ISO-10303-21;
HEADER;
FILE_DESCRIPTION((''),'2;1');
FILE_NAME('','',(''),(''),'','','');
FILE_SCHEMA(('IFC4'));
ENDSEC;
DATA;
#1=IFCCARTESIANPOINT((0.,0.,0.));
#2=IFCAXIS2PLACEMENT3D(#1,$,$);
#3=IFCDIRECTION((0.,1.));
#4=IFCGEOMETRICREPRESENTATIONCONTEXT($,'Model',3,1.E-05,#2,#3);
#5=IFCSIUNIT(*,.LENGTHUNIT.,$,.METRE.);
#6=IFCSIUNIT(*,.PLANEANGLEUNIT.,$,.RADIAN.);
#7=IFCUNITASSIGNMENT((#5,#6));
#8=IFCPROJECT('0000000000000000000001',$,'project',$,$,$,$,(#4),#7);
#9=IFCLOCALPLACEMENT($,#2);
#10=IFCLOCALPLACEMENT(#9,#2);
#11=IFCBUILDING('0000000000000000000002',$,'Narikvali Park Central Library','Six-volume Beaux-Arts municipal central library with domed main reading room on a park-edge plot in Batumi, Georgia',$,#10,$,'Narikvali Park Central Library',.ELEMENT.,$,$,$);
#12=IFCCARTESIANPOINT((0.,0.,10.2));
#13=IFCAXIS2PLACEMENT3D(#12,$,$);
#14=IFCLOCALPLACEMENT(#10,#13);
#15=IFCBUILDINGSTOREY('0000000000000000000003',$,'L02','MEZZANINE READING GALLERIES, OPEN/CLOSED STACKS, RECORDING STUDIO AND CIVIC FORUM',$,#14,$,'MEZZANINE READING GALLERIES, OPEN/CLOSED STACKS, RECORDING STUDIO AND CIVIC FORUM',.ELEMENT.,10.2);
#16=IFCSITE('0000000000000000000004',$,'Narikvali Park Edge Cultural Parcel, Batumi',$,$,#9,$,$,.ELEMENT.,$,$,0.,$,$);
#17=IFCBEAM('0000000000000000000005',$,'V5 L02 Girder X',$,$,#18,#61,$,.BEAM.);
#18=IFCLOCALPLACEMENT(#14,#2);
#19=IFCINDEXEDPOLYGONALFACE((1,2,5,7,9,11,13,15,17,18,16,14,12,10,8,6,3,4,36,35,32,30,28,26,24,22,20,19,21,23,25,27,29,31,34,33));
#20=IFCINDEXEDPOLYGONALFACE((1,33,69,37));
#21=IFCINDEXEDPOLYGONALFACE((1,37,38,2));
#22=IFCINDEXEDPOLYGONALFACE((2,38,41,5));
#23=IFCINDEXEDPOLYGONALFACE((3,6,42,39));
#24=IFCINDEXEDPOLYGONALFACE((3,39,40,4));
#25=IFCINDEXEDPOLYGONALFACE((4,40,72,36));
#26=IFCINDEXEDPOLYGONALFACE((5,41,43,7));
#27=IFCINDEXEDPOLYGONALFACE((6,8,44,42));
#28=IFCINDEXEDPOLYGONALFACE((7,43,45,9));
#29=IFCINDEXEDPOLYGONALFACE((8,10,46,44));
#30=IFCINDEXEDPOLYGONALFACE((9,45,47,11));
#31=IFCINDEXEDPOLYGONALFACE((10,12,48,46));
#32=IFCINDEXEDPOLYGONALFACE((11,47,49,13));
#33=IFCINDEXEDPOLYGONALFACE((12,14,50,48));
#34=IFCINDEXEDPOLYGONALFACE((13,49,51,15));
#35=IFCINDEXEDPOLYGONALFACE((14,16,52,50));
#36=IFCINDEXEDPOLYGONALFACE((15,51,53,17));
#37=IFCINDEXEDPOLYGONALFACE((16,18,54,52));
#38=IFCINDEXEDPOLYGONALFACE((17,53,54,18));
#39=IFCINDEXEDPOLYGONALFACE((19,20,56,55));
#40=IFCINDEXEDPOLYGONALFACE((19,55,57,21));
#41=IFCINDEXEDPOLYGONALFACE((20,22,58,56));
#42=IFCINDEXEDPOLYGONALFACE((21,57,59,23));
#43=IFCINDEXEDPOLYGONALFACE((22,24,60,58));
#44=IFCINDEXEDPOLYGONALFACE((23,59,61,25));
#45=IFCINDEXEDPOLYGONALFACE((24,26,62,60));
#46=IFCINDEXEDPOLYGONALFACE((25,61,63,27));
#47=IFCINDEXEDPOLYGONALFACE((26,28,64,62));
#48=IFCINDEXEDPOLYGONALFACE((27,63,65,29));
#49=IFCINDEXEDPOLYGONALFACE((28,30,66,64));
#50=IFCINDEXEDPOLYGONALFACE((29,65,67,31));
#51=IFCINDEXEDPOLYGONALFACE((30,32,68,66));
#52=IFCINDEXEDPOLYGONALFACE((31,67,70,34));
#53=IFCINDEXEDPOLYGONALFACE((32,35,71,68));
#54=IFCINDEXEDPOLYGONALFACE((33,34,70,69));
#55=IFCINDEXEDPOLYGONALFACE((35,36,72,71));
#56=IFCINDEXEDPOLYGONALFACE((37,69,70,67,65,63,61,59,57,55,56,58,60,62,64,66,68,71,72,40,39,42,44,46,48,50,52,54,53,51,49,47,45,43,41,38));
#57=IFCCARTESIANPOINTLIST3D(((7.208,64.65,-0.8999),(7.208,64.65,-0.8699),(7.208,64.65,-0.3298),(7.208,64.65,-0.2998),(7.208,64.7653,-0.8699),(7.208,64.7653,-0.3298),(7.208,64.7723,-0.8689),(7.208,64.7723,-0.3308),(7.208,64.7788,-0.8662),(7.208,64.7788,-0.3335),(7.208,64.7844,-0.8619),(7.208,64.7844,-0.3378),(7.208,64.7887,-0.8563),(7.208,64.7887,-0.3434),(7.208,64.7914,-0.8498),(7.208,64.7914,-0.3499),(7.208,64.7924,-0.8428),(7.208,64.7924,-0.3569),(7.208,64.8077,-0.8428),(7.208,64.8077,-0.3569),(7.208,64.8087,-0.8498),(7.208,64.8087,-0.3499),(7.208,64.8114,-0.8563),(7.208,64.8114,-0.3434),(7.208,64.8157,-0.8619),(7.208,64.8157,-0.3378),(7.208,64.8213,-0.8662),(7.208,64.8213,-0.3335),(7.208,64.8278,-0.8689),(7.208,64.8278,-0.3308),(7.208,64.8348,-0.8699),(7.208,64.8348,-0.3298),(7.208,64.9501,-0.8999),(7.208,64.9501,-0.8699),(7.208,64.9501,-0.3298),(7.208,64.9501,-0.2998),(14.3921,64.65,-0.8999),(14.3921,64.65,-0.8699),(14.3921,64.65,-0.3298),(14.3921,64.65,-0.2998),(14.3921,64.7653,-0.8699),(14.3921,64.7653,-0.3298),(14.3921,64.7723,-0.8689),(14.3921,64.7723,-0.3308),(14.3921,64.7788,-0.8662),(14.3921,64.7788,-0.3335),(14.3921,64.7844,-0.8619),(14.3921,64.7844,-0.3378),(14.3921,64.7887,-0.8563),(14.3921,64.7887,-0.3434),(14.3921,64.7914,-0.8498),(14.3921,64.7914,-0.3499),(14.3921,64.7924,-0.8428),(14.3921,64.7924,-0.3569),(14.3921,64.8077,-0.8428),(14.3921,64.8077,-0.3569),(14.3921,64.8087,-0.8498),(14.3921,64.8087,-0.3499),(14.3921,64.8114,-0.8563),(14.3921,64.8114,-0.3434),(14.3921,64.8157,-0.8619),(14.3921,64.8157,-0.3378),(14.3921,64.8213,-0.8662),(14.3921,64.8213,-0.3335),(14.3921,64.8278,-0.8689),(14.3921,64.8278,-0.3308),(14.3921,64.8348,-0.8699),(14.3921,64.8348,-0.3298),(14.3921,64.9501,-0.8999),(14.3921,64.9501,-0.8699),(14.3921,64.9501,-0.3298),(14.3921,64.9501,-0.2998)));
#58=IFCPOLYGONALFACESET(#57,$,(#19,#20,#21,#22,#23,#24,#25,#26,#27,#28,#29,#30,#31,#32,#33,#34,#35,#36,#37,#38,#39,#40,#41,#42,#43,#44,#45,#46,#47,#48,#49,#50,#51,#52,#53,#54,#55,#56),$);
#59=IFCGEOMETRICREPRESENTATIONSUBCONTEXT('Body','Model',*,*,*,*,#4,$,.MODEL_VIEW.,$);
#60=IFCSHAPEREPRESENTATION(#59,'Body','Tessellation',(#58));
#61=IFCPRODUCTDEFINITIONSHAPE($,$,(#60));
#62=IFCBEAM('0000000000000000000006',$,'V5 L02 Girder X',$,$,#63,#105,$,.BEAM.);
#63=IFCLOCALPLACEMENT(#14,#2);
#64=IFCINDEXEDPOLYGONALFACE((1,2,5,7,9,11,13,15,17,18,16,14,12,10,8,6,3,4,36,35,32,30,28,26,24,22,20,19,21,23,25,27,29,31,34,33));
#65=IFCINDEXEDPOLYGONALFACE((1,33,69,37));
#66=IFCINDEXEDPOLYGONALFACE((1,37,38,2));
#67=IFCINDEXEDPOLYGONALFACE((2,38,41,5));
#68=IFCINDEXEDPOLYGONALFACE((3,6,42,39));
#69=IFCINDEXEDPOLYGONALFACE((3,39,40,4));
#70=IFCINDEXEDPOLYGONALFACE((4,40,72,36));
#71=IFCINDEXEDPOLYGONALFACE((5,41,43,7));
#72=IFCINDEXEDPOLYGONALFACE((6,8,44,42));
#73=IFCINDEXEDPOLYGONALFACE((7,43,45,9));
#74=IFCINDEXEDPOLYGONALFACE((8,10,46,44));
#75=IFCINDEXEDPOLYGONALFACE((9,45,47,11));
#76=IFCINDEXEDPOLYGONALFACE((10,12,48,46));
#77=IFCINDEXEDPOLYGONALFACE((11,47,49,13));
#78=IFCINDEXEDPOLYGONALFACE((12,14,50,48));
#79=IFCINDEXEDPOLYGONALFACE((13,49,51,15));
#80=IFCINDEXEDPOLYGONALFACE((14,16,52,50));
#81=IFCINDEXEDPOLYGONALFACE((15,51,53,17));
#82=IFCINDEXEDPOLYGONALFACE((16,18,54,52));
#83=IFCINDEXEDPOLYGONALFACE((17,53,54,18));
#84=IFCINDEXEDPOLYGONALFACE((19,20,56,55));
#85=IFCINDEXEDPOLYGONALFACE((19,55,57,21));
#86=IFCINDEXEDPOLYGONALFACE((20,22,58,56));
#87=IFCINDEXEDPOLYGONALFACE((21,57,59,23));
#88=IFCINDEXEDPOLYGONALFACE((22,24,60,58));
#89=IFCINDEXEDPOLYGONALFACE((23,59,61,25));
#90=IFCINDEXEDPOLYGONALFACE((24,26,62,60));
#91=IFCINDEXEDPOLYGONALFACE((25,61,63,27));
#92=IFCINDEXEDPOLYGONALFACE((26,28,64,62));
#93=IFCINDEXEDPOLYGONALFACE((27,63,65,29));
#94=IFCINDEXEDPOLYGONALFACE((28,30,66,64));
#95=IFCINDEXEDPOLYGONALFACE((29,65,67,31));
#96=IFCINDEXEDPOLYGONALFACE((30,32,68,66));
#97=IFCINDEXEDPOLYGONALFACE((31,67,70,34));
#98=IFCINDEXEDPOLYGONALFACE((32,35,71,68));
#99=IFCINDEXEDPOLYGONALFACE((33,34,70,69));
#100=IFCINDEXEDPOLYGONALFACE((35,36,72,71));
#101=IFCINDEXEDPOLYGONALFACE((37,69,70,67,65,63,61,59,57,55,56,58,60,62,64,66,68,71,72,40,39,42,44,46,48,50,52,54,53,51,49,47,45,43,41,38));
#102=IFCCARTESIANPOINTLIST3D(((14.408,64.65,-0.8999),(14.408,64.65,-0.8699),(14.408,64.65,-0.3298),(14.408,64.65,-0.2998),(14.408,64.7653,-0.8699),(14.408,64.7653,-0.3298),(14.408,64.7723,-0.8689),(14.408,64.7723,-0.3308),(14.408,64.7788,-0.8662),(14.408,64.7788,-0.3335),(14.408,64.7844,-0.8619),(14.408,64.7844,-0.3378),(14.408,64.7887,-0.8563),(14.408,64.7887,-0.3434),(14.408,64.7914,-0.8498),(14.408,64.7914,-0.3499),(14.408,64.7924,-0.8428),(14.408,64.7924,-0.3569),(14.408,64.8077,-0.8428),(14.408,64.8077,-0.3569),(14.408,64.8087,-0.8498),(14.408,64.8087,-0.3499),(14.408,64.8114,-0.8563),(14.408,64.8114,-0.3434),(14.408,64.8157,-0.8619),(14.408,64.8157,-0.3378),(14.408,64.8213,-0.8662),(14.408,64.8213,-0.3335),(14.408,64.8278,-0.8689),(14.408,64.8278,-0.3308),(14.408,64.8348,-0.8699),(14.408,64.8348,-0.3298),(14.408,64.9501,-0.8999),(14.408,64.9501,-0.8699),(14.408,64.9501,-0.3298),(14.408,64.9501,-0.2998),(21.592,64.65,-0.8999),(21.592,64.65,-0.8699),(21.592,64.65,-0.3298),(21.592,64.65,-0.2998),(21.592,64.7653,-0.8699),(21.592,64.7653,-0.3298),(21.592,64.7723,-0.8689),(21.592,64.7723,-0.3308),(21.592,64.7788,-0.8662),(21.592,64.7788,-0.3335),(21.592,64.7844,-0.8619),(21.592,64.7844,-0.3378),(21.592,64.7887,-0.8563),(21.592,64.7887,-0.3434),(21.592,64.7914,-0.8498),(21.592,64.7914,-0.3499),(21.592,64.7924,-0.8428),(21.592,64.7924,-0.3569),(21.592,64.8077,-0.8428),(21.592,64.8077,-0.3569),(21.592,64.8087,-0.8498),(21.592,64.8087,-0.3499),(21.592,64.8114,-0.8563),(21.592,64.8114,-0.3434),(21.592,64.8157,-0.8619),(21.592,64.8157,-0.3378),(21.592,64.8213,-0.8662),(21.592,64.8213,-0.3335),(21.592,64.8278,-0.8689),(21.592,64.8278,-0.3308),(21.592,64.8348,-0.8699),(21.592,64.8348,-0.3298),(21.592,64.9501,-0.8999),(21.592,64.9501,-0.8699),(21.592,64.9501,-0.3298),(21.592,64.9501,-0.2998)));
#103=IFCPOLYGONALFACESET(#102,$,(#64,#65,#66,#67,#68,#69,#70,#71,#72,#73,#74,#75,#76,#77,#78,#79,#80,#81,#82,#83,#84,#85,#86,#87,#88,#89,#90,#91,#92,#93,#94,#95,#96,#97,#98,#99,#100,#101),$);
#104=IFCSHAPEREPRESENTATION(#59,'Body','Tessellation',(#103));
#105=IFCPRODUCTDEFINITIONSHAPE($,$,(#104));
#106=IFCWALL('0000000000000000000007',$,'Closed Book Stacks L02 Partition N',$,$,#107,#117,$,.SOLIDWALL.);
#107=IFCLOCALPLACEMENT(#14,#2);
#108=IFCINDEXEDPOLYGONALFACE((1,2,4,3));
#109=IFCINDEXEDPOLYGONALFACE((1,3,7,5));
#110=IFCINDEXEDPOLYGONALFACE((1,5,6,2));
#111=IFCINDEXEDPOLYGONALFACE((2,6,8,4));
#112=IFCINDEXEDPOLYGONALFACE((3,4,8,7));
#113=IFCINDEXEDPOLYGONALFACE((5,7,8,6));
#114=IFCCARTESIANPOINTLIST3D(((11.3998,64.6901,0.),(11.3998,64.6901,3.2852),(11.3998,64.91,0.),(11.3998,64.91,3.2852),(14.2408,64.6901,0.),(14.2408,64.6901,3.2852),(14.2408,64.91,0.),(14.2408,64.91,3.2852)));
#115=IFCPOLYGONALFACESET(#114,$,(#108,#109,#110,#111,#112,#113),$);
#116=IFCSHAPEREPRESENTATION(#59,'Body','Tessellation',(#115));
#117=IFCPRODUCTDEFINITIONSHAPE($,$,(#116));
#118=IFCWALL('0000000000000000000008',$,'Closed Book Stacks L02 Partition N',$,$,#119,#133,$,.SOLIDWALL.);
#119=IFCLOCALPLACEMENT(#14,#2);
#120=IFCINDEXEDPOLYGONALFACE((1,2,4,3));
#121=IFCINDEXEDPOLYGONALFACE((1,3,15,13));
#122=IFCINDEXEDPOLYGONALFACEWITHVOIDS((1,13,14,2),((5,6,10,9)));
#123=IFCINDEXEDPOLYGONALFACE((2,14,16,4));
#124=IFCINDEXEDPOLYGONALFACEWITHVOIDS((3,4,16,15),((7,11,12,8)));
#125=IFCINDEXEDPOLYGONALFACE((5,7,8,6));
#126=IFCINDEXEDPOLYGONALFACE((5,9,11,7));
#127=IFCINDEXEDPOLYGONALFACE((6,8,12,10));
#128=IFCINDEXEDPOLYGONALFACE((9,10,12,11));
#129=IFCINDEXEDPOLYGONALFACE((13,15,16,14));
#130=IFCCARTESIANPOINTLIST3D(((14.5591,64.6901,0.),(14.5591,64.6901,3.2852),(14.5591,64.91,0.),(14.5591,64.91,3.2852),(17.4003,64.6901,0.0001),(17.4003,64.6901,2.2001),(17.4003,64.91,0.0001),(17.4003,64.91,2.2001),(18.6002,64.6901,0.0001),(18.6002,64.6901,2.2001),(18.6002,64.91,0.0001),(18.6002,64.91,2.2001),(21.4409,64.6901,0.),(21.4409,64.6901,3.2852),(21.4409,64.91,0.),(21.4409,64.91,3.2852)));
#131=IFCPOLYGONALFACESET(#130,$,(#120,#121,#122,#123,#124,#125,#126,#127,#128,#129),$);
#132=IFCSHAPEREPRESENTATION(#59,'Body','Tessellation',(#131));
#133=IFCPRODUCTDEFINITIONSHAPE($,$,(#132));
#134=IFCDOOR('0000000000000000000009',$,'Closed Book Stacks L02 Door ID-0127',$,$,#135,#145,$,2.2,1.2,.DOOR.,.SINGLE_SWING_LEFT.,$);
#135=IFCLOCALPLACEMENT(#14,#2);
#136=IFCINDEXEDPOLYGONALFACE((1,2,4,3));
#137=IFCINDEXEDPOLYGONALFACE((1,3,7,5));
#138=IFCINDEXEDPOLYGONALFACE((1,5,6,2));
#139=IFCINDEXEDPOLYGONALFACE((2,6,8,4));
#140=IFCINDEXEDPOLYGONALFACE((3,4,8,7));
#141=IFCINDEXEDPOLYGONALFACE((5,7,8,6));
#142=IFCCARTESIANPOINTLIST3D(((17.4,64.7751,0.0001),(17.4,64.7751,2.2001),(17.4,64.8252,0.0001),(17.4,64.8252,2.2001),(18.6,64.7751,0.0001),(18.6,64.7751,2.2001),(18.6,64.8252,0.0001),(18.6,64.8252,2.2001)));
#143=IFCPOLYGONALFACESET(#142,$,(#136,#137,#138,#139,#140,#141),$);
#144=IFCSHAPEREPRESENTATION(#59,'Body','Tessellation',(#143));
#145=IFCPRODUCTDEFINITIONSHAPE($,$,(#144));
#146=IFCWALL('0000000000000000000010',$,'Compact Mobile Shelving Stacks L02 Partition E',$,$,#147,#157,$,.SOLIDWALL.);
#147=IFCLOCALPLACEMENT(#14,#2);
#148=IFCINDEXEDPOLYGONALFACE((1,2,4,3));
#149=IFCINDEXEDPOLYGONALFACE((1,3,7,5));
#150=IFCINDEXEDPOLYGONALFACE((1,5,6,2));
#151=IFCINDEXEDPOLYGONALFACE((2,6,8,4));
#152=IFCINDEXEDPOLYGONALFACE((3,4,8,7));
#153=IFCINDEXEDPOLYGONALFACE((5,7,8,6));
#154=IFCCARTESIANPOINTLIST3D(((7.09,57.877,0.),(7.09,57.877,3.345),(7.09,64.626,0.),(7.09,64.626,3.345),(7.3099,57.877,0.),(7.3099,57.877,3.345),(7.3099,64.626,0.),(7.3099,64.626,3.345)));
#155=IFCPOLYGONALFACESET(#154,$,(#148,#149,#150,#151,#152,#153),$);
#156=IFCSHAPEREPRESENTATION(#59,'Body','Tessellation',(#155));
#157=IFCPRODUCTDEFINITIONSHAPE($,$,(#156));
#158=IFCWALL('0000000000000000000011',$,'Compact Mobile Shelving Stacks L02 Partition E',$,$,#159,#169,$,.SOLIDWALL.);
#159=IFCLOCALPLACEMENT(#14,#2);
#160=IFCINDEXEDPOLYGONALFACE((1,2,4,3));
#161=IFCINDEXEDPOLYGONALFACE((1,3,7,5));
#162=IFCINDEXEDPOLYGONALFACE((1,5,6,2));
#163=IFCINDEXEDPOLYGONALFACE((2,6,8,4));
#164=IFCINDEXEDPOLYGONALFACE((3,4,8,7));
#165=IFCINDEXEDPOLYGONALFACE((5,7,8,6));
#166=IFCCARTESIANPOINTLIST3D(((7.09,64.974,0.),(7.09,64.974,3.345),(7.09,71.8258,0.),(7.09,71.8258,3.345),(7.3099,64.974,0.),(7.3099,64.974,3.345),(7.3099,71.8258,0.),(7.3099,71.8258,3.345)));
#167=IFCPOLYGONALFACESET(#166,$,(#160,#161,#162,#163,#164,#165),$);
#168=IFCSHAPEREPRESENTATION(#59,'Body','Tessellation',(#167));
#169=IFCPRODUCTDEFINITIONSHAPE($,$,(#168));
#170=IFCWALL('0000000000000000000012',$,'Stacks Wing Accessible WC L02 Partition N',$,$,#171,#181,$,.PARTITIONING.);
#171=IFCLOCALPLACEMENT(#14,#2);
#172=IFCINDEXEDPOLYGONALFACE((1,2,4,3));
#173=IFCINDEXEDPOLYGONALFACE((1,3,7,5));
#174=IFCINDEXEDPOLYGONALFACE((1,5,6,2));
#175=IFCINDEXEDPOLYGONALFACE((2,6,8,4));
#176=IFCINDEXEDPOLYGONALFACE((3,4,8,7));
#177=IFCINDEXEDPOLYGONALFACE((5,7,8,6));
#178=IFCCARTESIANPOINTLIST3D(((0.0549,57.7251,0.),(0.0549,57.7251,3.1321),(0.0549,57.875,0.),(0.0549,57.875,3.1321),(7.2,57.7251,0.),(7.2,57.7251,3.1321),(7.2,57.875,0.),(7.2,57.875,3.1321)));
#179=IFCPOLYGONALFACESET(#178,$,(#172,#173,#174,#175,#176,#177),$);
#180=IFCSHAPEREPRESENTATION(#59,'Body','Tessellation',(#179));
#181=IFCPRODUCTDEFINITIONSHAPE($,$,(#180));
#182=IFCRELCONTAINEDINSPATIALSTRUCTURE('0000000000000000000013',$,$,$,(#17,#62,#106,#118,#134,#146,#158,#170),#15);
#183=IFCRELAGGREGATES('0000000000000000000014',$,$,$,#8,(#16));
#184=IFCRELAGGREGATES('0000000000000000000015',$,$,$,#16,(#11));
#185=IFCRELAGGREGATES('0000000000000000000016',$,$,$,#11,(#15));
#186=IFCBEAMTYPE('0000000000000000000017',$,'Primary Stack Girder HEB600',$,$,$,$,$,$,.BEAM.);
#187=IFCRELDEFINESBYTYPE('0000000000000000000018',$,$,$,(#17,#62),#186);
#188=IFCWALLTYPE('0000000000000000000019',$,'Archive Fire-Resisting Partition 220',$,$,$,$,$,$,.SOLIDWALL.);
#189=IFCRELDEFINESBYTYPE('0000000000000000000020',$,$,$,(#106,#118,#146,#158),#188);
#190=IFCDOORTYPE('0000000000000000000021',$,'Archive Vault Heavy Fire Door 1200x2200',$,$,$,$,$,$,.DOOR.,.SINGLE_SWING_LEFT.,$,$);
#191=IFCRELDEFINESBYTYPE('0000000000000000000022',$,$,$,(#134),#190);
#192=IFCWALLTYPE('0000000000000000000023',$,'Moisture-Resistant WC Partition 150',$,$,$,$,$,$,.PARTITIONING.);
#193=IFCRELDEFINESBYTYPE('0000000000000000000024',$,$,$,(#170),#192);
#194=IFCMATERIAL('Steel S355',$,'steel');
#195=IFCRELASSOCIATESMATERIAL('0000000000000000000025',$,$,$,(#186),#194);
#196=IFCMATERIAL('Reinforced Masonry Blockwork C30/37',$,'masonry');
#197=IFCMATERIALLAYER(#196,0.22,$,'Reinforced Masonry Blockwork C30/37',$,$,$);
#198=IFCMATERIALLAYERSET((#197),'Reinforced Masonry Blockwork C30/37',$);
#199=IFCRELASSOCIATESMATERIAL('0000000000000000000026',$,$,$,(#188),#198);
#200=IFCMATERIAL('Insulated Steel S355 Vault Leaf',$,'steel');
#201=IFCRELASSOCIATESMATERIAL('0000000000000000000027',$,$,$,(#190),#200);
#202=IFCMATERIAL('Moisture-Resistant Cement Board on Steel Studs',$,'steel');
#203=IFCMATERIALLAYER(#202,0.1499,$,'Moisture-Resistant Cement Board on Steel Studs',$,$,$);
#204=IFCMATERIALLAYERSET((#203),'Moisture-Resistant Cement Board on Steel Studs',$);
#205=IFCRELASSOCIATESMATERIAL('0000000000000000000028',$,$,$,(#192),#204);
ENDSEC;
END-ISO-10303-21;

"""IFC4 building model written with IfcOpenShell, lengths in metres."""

from ifc_helpers import new_model, si_unit, direction, frame, frame_2d, origin, origin_2d, place, context, subcontext, project, spatial, rectangle, i_section, extrude, material, layer, layer_set, material_profile, profile_set, type_object, element, fill, save


model = new_model("IFC4")

# Units and contexts
model_context = context("Model", 3, precision=1e-05, world=origin(), true_north=direction((0.0, 1.0)))
body_context = subcontext(model_context, "Body", "Model", "MODEL_VIEW")
ifc_project = project(units=[si_unit("LENGTHUNIT", "METRE"), si_unit("PLANEANGLEUNIT", "RADIAN")], contexts=[model_context])

# Site, building, storey
site_placement = place(None, origin())
site = spatial("IfcSite", under=ifc_project, at=site_placement, Name="Narikvali Park Edge Cultural Parcel, Batumi", CompositionType="ELEMENT", RefElevation=0.0)
building_placement = place(site_placement, origin())
building = spatial("IfcBuilding", under=site, at=building_placement, Name="Narikvali Park Central Library", Description="Six-volume Beaux-Arts municipal central library with domed main reading room on a park-edge plot in Batumi, Georgia", LongName="Narikvali Park Central Library", CompositionType="ELEMENT")
storey_placement = place(building_placement, frame((0.0, 0.0, 10.2)))
storey = spatial("IfcBuildingStorey", under=building, at=storey_placement, Name="L02", Description="MEZZANINE READING GALLERIES, OPEN/CLOSED STACKS, RECORDING STUDIO AND CIVIC FORUM", LongName="MEZZANINE READING GALLERIES, OPEN/CLOSED STACKS, RECORDING STUDIO AND CIVIC FORUM", CompositionType="ELEMENT", Elevation=10.2)

# Shared definitions
ifc_material_1 = material(Name="Steel S355", Category="steel")

# Beams
ifc_material_profile_1 = material_profile(ifc_material_1, i_section(OverallWidth=0.3, OverallDepth=0.6001, WebThickness=0.0154, FlangeThickness=0.03, FilletRadius=0.0271, at=origin_2d()), Name="HEB 600")
ifc_profile_set_1 = profile_set([ifc_material_profile_1], Name="Steel S355")
beam_type_1 = type_object("IfcBeamType", Name="Primary Stack Girder HEB600", PredefinedType="BEAM", material=ifc_profile_set_1)
for number, where, z_axis, x_axis, name in (
    (1, (7.208, 64.8, -0.5999), (1.0, 0.0, 0.0), (0.0, 1.0, 0.0), "V5 L02 Girder X"),
    (2, (14.408, 64.8, -0.5999), (1.0, 0.0, 0.0), (0.0, 1.0, 0.0), "V5 L02 Girder X"),
):
    element("IfcBeam", number, at=place(storey_placement, frame(where, z_axis=z_axis, x_axis=x_axis)), inside=storey, type_object=beam_type_1, Name=name, PredefinedType="BEAM", context=body_context, shape_type="SweptSolid", body=[
        extrude(i_section(OverallWidth=0.3, OverallDepth=0.6001, WebThickness=0.0154, FlangeThickness=0.03, FilletRadius=0.0271, at=origin_2d()), origin(), (0.0, 0.0, 1.0), 7.1841),
    ])

# Wall
ifc_material_2 = material(Name="Reinforced Masonry Blockwork C30/37", Category="masonry")
ifc_layer_1 = layer(ifc_material_2, 0.22, Name="Reinforced Masonry Blockwork C30/37")
ifc_layer_set_1 = layer_set([ifc_layer_1], Name="Reinforced Masonry Blockwork C30/37")
wall_type_1 = type_object("IfcWallType", Name="Archive Fire-Resisting Partition 220", PredefinedType="SOLIDWALL", material=ifc_layer_set_1)
wall_1_placement = place(storey_placement, frame((11.3999, 64.8, 0.0), z_axis=(0.0, 0.0, 1.0), x_axis=(1.0, 0.0, 0.0)))
element("IfcWall", 3, at=wall_1_placement, inside=storey, type_object=wall_type_1, Name="Closed Book Stacks L02 Partition N", PredefinedType="SOLIDWALL", context=body_context, shape_type="SweptSolid", body=[
    extrude(rectangle(XDim=2.8411, YDim=0.22, at=frame_2d((1.4204, 0.0))), origin(), (0.0, 0.0, 1.0), 3.2852),
])

# Wall, opening, door
wall_2_placement = place(storey_placement, frame((14.5591, 64.8, 0.0), z_axis=(0.0, 0.0, 1.0), x_axis=(1.0, 0.0, 0.0)))
wall_2 = element("IfcWall", 4, at=wall_2_placement, inside=storey, type_object=wall_type_1, Name="Closed Book Stacks L02 Partition N", PredefinedType="SOLIDWALL", context=body_context, shape_type="SweptSolid", body=[
    extrude(rectangle(XDim=6.8818, YDim=0.22, at=frame_2d((3.4409, 0.0))), origin(), (0.0, 0.0, 1.0), 3.2852),
])
opening_1_placement = place(wall_2_placement, frame((2.8411, 0.0, 0.0)))
opening_1 = element("IfcOpeningElement", 5, at=opening_1_placement, cuts=wall_2, PredefinedType="OPENING", context=body_context, shape_type="SweptSolid", body=[
    extrude(rectangle(XDim=1.2, YDim=2.2, at=frame_2d((0.6001, 1.1001))), frame((0.0, 0.1221, 0.0), z_axis=(0.0, -1.0, 0.0), x_axis=(1.0, 0.0, 0.0)), (0.0, 0.0, 1.0), 0.2439),
])
ifc_material_3 = material(Name="Insulated Steel S355 Vault Leaf", Category="steel")
door_type = type_object("IfcDoorType", Name="Archive Vault Heavy Fire Door 1200x2200", OperationType="SINGLE_SWING_LEFT", PredefinedType="DOOR", material=ifc_material_3)
door_placement = place(opening_1_placement, frame((1.2, 0.0, 0.0), z_axis=(0.0, 0.0, 1.0), x_axis=(-1.0, 0.0, 0.0)))
door = element("IfcDoor", 6, at=door_placement, inside=storey, type_object=door_type, Name="Closed Book Stacks L02 Door ID-0127", OperationType="SINGLE_SWING_LEFT", OverallHeight=2.2, OverallWidth=1.2, PredefinedType="DOOR", context=body_context, shape_type="SweptSolid", body=[
    extrude(rectangle(XDim=1.2, YDim=2.2, at=frame_2d((0.6001, 1.1001))), frame((0.0, 0.0249, 0.0), z_axis=(0.0, -1.0, 0.0), x_axis=(1.0, 0.0, 0.0)), (0.0, 0.0, 1.0), 0.05),
])
fill(opening_1, door)

# Walls
wall_3_placement = place(storey_placement, frame((7.2, 57.877, 0.0), z_axis=(0.0, 0.0, 1.0), x_axis=(0.0, 1.0, 0.0)))
element("IfcWall", 7, at=wall_3_placement, inside=storey, type_object=wall_type_1, Name="Compact Mobile Shelving Stacks L02 Partition E", PredefinedType="SOLIDWALL", context=body_context, shape_type="SweptSolid", body=[
    extrude(rectangle(XDim=6.749, YDim=0.22, at=frame_2d((3.3745, 0.0))), origin(), (0.0, 0.0, 1.0), 3.345),
])
wall_4_placement = place(storey_placement, frame((7.2, 64.9741, 0.0), z_axis=(0.0, 0.0, 1.0), x_axis=(0.0, 1.0, 0.0)))
element("IfcWall", 8, at=wall_4_placement, inside=storey, type_object=wall_type_1, Name="Compact Mobile Shelving Stacks L02 Partition E", PredefinedType="SOLIDWALL", context=body_context, shape_type="SweptSolid", body=[
    extrude(rectangle(XDim=6.8518, YDim=0.22, at=frame_2d((3.4258, 0.0))), origin(), (0.0, 0.0, 1.0), 3.345),
])
ifc_material_4 = material(Name="Moisture-Resistant Cement Board on Steel Studs", Category="steel")
ifc_layer_2 = layer(ifc_material_4, 0.1499, Name="Moisture-Resistant Cement Board on Steel Studs")
ifc_layer_set_2 = layer_set([ifc_layer_2], Name="Moisture-Resistant Cement Board on Steel Studs")
wall_type_2 = type_object("IfcWallType", Name="Moisture-Resistant WC Partition 150", PredefinedType="PARTITIONING", material=ifc_layer_set_2)
wall_5_placement = place(storey_placement, frame((0.0549, 57.8, 0.0), z_axis=(0.0, 0.0, 1.0), x_axis=(1.0, 0.0, 0.0)))
element("IfcWall", 9, at=wall_5_placement, inside=storey, type_object=wall_type_2, Name="Stacks Wing Accessible WC L02 Partition N", PredefinedType="PARTITIONING", context=body_context, shape_type="SweptSolid", body=[
    extrude(rectangle(XDim=7.145, YDim=0.1499, at=frame_2d((3.5725, 0.0))), origin(), (0.0, 0.0, 1.0), 3.1321),
])

save(model, "model.ifc")
